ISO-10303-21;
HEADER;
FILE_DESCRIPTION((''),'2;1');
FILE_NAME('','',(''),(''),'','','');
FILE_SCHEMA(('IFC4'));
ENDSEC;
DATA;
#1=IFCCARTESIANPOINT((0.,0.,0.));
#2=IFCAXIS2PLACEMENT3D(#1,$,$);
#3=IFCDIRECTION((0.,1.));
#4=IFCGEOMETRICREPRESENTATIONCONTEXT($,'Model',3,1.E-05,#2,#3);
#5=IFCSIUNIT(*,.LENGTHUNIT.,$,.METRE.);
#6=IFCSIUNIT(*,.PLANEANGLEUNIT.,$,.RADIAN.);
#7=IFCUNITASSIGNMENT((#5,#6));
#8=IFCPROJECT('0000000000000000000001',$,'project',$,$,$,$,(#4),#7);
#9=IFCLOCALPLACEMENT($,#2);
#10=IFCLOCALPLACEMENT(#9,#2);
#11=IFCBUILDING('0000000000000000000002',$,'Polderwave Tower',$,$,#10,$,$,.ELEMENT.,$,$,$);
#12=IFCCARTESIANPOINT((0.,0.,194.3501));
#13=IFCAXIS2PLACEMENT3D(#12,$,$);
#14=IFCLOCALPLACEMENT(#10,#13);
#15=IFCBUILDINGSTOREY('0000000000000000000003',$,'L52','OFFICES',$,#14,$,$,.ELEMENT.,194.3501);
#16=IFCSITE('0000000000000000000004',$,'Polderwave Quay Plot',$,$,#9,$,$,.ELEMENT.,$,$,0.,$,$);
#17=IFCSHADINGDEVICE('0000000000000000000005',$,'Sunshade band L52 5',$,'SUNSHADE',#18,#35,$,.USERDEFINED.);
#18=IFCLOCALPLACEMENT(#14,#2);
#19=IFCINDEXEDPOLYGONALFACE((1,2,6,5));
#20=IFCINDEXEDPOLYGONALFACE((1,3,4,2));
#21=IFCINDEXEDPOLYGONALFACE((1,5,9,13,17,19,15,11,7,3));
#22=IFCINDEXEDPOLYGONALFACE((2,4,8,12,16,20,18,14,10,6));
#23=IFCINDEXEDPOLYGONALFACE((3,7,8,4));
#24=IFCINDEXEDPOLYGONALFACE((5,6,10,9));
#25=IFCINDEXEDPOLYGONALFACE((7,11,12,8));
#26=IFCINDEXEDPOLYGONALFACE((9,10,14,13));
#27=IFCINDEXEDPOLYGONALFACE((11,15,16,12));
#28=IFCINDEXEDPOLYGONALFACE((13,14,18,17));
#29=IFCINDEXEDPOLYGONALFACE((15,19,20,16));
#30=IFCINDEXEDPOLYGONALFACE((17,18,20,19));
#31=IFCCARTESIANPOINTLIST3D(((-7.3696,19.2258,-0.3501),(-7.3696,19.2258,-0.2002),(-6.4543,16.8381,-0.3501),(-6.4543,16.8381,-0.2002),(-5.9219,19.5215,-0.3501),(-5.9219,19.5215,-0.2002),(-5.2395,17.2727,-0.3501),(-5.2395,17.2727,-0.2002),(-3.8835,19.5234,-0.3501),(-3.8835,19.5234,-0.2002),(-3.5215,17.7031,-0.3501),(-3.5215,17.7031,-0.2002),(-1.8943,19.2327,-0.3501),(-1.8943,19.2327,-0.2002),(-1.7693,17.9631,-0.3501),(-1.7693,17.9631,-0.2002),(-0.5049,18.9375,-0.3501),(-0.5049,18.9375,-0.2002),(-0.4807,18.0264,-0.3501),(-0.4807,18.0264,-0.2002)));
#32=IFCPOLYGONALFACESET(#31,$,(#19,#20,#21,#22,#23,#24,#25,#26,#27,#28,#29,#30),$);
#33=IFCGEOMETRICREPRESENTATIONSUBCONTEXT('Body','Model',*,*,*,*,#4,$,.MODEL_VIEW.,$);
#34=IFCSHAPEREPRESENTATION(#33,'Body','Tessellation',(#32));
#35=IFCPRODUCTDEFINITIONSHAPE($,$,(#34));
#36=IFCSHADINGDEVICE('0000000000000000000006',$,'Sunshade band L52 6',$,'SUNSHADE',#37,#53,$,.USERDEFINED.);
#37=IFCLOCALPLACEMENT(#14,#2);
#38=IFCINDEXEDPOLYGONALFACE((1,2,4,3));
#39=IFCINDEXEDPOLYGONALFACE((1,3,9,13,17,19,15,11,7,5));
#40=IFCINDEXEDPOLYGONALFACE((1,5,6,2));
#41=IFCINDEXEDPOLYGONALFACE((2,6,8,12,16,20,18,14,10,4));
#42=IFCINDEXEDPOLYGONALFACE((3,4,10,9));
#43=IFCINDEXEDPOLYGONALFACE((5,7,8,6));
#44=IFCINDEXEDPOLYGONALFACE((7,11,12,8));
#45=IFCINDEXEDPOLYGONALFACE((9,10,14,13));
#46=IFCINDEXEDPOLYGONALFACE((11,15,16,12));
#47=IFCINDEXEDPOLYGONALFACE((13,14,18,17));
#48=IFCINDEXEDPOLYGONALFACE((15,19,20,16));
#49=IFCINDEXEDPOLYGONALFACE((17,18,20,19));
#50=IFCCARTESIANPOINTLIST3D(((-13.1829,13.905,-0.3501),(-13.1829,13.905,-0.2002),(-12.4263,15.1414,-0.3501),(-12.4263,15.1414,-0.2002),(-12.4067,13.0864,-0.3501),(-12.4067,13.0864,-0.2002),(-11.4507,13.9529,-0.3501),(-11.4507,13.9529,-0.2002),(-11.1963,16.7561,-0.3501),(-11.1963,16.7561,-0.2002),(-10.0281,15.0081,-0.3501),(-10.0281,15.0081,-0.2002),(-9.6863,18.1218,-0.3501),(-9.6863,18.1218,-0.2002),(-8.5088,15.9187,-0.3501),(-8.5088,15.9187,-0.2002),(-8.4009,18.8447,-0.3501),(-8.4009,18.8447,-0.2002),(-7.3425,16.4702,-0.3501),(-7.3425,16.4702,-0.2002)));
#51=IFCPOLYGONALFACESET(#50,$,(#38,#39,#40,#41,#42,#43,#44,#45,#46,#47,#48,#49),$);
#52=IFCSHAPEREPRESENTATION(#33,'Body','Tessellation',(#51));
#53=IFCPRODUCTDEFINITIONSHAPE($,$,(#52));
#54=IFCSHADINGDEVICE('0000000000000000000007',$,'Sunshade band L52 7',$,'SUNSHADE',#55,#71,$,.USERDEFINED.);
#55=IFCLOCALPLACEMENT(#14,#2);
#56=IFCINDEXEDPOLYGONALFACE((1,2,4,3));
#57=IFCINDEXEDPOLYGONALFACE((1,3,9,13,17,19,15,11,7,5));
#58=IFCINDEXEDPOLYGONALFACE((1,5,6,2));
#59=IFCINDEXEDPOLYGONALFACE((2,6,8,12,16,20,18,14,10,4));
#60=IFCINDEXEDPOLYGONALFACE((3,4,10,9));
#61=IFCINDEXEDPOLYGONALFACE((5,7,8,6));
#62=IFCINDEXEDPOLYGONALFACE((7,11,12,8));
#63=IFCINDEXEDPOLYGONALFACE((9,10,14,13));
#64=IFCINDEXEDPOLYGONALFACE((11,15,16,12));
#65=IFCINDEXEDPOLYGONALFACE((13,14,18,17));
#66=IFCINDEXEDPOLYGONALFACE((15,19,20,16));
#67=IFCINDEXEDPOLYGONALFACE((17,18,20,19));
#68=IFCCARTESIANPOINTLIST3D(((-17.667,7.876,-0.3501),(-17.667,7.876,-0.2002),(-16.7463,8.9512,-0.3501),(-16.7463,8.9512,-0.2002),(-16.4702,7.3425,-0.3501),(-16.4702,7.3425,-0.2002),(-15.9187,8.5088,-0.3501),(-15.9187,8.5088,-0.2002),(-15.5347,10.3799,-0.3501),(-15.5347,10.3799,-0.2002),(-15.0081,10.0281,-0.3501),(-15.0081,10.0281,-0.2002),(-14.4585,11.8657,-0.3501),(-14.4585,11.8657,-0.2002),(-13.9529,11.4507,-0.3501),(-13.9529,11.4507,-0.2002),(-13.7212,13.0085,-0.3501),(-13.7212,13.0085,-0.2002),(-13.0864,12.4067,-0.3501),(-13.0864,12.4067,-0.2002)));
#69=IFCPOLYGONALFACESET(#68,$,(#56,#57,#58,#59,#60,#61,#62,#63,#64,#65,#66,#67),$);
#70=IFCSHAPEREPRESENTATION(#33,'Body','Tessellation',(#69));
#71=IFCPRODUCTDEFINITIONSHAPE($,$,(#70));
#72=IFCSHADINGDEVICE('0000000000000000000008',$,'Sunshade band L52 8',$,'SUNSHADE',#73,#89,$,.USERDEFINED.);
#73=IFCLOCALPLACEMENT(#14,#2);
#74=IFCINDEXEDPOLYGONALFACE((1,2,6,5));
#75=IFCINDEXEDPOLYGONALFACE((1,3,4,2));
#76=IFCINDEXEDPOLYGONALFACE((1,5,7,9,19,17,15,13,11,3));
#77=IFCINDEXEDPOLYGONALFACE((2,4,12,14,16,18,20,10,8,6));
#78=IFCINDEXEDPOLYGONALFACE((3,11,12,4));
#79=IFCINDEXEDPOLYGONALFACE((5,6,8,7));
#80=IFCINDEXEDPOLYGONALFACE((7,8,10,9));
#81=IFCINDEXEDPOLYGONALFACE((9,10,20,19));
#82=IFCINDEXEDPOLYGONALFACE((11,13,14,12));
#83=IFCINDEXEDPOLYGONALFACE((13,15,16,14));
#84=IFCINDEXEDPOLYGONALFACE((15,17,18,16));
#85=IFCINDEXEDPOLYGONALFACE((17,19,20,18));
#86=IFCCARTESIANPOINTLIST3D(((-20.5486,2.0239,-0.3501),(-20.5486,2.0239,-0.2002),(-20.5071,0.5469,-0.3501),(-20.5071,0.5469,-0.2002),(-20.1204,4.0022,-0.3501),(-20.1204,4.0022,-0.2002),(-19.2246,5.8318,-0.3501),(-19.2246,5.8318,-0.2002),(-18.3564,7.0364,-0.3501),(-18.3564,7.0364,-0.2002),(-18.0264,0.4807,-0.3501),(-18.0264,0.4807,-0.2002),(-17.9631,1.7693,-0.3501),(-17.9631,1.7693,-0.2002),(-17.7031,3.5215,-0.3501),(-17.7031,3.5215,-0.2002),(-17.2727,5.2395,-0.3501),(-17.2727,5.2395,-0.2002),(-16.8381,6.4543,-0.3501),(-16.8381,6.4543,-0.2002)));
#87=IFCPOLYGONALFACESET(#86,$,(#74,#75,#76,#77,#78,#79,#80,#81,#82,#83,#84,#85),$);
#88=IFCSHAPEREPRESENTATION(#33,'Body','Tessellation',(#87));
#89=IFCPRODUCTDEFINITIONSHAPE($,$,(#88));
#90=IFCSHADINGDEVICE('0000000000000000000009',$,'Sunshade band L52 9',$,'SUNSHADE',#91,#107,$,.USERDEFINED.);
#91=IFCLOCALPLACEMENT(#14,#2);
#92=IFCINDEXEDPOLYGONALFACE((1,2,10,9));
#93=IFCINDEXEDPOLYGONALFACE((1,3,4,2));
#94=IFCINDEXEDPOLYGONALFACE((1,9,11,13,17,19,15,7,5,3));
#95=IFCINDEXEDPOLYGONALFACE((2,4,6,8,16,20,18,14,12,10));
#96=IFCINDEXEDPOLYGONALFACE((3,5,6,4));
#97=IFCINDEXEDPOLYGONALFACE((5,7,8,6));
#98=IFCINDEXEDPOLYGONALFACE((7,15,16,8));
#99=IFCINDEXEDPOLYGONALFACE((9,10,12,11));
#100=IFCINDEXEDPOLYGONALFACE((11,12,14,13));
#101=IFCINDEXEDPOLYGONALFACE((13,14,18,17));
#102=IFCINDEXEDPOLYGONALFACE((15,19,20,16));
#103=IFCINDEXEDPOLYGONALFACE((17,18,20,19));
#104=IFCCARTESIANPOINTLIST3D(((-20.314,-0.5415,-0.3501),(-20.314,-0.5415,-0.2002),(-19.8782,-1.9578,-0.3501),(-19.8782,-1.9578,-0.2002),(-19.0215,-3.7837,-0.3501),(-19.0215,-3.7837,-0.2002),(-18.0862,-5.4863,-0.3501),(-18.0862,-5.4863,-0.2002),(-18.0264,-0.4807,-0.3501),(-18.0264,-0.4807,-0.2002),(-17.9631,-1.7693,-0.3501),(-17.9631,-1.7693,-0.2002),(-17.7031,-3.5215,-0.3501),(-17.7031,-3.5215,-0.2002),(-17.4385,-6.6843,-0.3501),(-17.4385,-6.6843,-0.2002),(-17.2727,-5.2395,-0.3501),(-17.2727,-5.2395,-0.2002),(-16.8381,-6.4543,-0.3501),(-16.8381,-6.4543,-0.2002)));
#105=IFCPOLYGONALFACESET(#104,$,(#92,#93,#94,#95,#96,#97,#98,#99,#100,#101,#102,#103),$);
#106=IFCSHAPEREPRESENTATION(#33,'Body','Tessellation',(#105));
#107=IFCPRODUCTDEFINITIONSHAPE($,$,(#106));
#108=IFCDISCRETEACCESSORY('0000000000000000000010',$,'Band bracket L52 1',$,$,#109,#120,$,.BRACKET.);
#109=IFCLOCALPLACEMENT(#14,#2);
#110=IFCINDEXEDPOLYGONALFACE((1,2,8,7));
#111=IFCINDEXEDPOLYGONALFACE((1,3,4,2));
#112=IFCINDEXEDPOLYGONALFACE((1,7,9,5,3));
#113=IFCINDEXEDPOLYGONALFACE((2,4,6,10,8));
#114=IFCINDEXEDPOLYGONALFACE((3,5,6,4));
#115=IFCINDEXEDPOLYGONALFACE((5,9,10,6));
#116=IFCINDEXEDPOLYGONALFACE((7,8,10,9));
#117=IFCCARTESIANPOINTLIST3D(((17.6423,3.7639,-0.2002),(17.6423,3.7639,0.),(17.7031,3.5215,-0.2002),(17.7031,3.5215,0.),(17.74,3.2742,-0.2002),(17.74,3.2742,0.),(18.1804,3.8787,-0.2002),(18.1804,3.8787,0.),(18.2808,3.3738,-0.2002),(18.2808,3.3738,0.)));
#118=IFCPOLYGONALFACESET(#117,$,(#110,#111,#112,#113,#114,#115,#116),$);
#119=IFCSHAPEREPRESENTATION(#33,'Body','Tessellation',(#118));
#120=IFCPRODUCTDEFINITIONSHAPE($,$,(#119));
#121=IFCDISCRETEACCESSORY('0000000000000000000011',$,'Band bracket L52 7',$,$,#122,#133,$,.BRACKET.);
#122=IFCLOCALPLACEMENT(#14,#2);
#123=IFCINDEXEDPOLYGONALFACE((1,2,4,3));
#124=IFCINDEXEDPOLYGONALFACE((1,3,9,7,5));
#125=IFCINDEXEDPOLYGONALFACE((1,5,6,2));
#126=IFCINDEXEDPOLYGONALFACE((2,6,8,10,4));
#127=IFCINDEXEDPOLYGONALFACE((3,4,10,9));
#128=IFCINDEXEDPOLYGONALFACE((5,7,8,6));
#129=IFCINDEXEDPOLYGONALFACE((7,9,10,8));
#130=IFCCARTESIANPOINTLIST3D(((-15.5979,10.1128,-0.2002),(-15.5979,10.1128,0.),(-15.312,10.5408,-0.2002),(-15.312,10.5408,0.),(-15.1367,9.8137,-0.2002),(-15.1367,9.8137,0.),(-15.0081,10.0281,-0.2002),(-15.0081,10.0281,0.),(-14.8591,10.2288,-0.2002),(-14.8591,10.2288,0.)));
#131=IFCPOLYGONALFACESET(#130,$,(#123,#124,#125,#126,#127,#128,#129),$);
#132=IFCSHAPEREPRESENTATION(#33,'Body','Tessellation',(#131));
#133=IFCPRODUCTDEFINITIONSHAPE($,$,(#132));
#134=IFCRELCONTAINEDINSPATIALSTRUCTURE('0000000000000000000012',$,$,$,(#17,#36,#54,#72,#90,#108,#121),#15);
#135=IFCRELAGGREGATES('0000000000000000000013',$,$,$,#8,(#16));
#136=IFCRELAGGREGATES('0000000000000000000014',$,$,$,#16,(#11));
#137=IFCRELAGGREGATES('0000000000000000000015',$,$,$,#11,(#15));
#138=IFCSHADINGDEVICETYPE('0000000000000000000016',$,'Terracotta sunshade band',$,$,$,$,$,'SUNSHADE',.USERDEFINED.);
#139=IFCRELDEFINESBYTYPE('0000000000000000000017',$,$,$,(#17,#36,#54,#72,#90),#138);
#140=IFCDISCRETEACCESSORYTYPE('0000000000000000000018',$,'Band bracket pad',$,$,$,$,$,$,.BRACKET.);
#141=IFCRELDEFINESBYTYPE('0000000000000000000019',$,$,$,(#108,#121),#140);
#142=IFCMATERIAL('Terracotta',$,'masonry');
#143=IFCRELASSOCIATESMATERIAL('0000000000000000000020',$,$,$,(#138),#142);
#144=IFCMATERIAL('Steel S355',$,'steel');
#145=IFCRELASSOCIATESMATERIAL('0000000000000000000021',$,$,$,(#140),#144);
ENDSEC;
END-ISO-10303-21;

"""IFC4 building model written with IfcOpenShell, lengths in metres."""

from ifc_helpers import new_model, si_unit, direction, frame, origin, place, context, subcontext, project, spatial, polyline, outline, extrude, material, type_object, element, save


model = new_model("IFC4")

# Units and contexts
model_context = context("Model", 3, precision=1e-05, world=origin(), true_north=direction((0.0, 1.0)))
body_context = subcontext(model_context, "Body", "Model", "MODEL_VIEW")
ifc_project = project(units=[si_unit("LENGTHUNIT", "METRE"), si_unit("PLANEANGLEUNIT", "RADIAN")], contexts=[model_context])

# Site, building, storey
site_placement = place(None, origin())
site = spatial("IfcSite", under=ifc_project, at=site_placement, Name="Polderwave Quay Plot", CompositionType="ELEMENT", RefElevation=0.0)
building_placement = place(site_placement, origin())
building = spatial("IfcBuilding", under=site, at=building_placement, Name="Polderwave Tower", CompositionType="ELEMENT")
storey_placement = place(building_placement, frame((0.0, 0.0, 194.3501)))
storey = spatial("IfcBuildingStorey", under=building, at=storey_placement, Name="L52", Description="OFFICES", CompositionType="ELEMENT", Elevation=194.3501)

# Shading devices
ifc_material_1 = material(Name="Terracotta", Category="masonry")
shading_device_type = type_object("IfcShadingDeviceType", Name="Terracotta sunshade band", ElementType="SUNSHADE", PredefinedType="USERDEFINED", material=ifc_material_1)
shading_device_1_placement = place(storey_placement, frame((0.0, 0.0, -0.3501)))
element("IfcShadingDevice", 1, at=shading_device_1_placement, inside=storey, type_object=shading_device_type, Name="Sunshade band L52 5", ObjectType="SUNSHADE", PredefinedType="USERDEFINED", context=body_context, shape_type="SweptSolid", body=[
    extrude(outline(polyline([(-0.4807, 18.0264), (-1.7693, 17.9631), (-3.5215, 17.7031), (-5.2395, 17.2727), (-6.4543, 16.8381), (-7.3696, 19.2258), (-5.9219, 19.5215), (-3.8835, 19.5234), (-1.8943, 19.2327), (-0.5049, 18.9375), (-0.4807, 18.0264)])), origin(), (0.0, 0.0, 1.0), 0.1499),
])
shading_device_2_placement = place(storey_placement, frame((0.0, 0.0, -0.3501)))
element("IfcShadingDevice", 2, at=shading_device_2_placement, inside=storey, type_object=shading_device_type, Name="Sunshade band L52 6", ObjectType="SUNSHADE", PredefinedType="USERDEFINED", context=body_context, shape_type="SweptSolid", body=[
    extrude(outline(polyline([(-7.3425, 16.4702), (-8.5088, 15.9187), (-10.0281, 15.0081), (-11.4507, 13.9529), (-12.4067, 13.0864), (-13.1829, 13.905), (-12.4263, 15.1414), (-11.1963, 16.7561), (-9.6863, 18.1218), (-8.4009, 18.8447), (-7.3425, 16.4702)])), origin(), (0.0, 0.0, 1.0), 0.1499),
])
shading_device_3_placement = place(storey_placement, frame((0.0, 0.0, -0.3501)))
element("IfcShadingDevice", 3, at=shading_device_3_placement, inside=storey, type_object=shading_device_type, Name="Sunshade band L52 7", ObjectType="SUNSHADE", PredefinedType="USERDEFINED", context=body_context, shape_type="SweptSolid", body=[
    extrude(outline(polyline([(-13.0864, 12.4067), (-13.9529, 11.4507), (-15.0081, 10.0281), (-15.9187, 8.5088), (-16.4702, 7.3425), (-17.667, 7.876), (-16.7463, 8.9512), (-15.5347, 10.3799), (-14.4585, 11.8657), (-13.7212, 13.0085), (-13.0864, 12.4067)])), origin(), (0.0, 0.0, 1.0), 0.1499),
])
shading_device_4_placement = place(storey_placement, frame((0.0, 0.0, -0.3501)))
element("IfcShadingDevice", 4, at=shading_device_4_placement, inside=storey, type_object=shading_device_type, Name="Sunshade band L52 8", ObjectType="SUNSHADE", PredefinedType="USERDEFINED", context=body_context, shape_type="SweptSolid", body=[
    extrude(outline(polyline([(-16.8381, 6.4543), (-17.2727, 5.2395), (-17.7031, 3.5215), (-17.9631, 1.7693), (-18.0264, 0.4807), (-20.5071, 0.5469), (-20.5486, 2.0239), (-20.1204, 4.0022), (-19.2246, 5.8318), (-18.3564, 7.0364), (-16.8381, 6.4543)])), origin(), (0.0, 0.0, 1.0), 0.1499),
])
shading_device_5_placement = place(storey_placement, frame((0.0, 0.0, -0.3501)))
element("IfcShadingDevice", 5, at=shading_device_5_placement, inside=storey, type_object=shading_device_type, Name="Sunshade band L52 9", ObjectType="SUNSHADE", PredefinedType="USERDEFINED", context=body_context, shape_type="SweptSolid", body=[
    extrude(outline(polyline([(-18.0264, -0.4807), (-17.9631, -1.7693), (-17.7031, -3.5215), (-17.2727, -5.2395), (-16.8381, -6.4543), (-17.4385, -6.6843), (-18.0862, -5.4863), (-19.0215, -3.7837), (-19.8782, -1.9578), (-20.314, -0.5415), (-18.0264, -0.4807)])), origin(), (0.0, 0.0, 1.0), 0.1499),
])

# Discrete accessories
ifc_material_2 = material(Name="Steel S355", Category="steel")
discrete_accessory_type = type_object("IfcDiscreteAccessoryType", Name="Band bracket pad", PredefinedType="BRACKET", material=ifc_material_2)
discrete_accessory_1_placement = place(storey_placement, frame((0.0, 0.0, -0.2002)))
element("IfcDiscreteAccessory", 6, at=discrete_accessory_1_placement, inside=storey, type_object=discrete_accessory_type, Name="Band bracket L52 1", PredefinedType="BRACKET", context=body_context, shape_type="SweptSolid", body=[
    extrude(outline(polyline([(17.74, 3.2742), (17.7031, 3.5215), (17.6423, 3.7639), (18.1804, 3.8787), (18.2808, 3.3738), (17.74, 3.2742)])), origin(), (0.0, 0.0, 1.0), 0.2002),
])
discrete_accessory_2_placement = place(storey_placement, frame((0.0, 0.0, -0.2002)))
element("IfcDiscreteAccessory", 7, at=discrete_accessory_2_placement, inside=storey, type_object=discrete_accessory_type, Name="Band bracket L52 7", PredefinedType="BRACKET", context=body_context, shape_type="SweptSolid", body=[
    extrude(outline(polyline([(-14.8591, 10.2288), (-15.0081, 10.0281), (-15.1367, 9.8137), (-15.5979, 10.1128), (-15.312, 10.5408), (-14.8591, 10.2288)])), origin(), (0.0, 0.0, 1.0), 0.2002),
])

save(model, "model.ifc")
